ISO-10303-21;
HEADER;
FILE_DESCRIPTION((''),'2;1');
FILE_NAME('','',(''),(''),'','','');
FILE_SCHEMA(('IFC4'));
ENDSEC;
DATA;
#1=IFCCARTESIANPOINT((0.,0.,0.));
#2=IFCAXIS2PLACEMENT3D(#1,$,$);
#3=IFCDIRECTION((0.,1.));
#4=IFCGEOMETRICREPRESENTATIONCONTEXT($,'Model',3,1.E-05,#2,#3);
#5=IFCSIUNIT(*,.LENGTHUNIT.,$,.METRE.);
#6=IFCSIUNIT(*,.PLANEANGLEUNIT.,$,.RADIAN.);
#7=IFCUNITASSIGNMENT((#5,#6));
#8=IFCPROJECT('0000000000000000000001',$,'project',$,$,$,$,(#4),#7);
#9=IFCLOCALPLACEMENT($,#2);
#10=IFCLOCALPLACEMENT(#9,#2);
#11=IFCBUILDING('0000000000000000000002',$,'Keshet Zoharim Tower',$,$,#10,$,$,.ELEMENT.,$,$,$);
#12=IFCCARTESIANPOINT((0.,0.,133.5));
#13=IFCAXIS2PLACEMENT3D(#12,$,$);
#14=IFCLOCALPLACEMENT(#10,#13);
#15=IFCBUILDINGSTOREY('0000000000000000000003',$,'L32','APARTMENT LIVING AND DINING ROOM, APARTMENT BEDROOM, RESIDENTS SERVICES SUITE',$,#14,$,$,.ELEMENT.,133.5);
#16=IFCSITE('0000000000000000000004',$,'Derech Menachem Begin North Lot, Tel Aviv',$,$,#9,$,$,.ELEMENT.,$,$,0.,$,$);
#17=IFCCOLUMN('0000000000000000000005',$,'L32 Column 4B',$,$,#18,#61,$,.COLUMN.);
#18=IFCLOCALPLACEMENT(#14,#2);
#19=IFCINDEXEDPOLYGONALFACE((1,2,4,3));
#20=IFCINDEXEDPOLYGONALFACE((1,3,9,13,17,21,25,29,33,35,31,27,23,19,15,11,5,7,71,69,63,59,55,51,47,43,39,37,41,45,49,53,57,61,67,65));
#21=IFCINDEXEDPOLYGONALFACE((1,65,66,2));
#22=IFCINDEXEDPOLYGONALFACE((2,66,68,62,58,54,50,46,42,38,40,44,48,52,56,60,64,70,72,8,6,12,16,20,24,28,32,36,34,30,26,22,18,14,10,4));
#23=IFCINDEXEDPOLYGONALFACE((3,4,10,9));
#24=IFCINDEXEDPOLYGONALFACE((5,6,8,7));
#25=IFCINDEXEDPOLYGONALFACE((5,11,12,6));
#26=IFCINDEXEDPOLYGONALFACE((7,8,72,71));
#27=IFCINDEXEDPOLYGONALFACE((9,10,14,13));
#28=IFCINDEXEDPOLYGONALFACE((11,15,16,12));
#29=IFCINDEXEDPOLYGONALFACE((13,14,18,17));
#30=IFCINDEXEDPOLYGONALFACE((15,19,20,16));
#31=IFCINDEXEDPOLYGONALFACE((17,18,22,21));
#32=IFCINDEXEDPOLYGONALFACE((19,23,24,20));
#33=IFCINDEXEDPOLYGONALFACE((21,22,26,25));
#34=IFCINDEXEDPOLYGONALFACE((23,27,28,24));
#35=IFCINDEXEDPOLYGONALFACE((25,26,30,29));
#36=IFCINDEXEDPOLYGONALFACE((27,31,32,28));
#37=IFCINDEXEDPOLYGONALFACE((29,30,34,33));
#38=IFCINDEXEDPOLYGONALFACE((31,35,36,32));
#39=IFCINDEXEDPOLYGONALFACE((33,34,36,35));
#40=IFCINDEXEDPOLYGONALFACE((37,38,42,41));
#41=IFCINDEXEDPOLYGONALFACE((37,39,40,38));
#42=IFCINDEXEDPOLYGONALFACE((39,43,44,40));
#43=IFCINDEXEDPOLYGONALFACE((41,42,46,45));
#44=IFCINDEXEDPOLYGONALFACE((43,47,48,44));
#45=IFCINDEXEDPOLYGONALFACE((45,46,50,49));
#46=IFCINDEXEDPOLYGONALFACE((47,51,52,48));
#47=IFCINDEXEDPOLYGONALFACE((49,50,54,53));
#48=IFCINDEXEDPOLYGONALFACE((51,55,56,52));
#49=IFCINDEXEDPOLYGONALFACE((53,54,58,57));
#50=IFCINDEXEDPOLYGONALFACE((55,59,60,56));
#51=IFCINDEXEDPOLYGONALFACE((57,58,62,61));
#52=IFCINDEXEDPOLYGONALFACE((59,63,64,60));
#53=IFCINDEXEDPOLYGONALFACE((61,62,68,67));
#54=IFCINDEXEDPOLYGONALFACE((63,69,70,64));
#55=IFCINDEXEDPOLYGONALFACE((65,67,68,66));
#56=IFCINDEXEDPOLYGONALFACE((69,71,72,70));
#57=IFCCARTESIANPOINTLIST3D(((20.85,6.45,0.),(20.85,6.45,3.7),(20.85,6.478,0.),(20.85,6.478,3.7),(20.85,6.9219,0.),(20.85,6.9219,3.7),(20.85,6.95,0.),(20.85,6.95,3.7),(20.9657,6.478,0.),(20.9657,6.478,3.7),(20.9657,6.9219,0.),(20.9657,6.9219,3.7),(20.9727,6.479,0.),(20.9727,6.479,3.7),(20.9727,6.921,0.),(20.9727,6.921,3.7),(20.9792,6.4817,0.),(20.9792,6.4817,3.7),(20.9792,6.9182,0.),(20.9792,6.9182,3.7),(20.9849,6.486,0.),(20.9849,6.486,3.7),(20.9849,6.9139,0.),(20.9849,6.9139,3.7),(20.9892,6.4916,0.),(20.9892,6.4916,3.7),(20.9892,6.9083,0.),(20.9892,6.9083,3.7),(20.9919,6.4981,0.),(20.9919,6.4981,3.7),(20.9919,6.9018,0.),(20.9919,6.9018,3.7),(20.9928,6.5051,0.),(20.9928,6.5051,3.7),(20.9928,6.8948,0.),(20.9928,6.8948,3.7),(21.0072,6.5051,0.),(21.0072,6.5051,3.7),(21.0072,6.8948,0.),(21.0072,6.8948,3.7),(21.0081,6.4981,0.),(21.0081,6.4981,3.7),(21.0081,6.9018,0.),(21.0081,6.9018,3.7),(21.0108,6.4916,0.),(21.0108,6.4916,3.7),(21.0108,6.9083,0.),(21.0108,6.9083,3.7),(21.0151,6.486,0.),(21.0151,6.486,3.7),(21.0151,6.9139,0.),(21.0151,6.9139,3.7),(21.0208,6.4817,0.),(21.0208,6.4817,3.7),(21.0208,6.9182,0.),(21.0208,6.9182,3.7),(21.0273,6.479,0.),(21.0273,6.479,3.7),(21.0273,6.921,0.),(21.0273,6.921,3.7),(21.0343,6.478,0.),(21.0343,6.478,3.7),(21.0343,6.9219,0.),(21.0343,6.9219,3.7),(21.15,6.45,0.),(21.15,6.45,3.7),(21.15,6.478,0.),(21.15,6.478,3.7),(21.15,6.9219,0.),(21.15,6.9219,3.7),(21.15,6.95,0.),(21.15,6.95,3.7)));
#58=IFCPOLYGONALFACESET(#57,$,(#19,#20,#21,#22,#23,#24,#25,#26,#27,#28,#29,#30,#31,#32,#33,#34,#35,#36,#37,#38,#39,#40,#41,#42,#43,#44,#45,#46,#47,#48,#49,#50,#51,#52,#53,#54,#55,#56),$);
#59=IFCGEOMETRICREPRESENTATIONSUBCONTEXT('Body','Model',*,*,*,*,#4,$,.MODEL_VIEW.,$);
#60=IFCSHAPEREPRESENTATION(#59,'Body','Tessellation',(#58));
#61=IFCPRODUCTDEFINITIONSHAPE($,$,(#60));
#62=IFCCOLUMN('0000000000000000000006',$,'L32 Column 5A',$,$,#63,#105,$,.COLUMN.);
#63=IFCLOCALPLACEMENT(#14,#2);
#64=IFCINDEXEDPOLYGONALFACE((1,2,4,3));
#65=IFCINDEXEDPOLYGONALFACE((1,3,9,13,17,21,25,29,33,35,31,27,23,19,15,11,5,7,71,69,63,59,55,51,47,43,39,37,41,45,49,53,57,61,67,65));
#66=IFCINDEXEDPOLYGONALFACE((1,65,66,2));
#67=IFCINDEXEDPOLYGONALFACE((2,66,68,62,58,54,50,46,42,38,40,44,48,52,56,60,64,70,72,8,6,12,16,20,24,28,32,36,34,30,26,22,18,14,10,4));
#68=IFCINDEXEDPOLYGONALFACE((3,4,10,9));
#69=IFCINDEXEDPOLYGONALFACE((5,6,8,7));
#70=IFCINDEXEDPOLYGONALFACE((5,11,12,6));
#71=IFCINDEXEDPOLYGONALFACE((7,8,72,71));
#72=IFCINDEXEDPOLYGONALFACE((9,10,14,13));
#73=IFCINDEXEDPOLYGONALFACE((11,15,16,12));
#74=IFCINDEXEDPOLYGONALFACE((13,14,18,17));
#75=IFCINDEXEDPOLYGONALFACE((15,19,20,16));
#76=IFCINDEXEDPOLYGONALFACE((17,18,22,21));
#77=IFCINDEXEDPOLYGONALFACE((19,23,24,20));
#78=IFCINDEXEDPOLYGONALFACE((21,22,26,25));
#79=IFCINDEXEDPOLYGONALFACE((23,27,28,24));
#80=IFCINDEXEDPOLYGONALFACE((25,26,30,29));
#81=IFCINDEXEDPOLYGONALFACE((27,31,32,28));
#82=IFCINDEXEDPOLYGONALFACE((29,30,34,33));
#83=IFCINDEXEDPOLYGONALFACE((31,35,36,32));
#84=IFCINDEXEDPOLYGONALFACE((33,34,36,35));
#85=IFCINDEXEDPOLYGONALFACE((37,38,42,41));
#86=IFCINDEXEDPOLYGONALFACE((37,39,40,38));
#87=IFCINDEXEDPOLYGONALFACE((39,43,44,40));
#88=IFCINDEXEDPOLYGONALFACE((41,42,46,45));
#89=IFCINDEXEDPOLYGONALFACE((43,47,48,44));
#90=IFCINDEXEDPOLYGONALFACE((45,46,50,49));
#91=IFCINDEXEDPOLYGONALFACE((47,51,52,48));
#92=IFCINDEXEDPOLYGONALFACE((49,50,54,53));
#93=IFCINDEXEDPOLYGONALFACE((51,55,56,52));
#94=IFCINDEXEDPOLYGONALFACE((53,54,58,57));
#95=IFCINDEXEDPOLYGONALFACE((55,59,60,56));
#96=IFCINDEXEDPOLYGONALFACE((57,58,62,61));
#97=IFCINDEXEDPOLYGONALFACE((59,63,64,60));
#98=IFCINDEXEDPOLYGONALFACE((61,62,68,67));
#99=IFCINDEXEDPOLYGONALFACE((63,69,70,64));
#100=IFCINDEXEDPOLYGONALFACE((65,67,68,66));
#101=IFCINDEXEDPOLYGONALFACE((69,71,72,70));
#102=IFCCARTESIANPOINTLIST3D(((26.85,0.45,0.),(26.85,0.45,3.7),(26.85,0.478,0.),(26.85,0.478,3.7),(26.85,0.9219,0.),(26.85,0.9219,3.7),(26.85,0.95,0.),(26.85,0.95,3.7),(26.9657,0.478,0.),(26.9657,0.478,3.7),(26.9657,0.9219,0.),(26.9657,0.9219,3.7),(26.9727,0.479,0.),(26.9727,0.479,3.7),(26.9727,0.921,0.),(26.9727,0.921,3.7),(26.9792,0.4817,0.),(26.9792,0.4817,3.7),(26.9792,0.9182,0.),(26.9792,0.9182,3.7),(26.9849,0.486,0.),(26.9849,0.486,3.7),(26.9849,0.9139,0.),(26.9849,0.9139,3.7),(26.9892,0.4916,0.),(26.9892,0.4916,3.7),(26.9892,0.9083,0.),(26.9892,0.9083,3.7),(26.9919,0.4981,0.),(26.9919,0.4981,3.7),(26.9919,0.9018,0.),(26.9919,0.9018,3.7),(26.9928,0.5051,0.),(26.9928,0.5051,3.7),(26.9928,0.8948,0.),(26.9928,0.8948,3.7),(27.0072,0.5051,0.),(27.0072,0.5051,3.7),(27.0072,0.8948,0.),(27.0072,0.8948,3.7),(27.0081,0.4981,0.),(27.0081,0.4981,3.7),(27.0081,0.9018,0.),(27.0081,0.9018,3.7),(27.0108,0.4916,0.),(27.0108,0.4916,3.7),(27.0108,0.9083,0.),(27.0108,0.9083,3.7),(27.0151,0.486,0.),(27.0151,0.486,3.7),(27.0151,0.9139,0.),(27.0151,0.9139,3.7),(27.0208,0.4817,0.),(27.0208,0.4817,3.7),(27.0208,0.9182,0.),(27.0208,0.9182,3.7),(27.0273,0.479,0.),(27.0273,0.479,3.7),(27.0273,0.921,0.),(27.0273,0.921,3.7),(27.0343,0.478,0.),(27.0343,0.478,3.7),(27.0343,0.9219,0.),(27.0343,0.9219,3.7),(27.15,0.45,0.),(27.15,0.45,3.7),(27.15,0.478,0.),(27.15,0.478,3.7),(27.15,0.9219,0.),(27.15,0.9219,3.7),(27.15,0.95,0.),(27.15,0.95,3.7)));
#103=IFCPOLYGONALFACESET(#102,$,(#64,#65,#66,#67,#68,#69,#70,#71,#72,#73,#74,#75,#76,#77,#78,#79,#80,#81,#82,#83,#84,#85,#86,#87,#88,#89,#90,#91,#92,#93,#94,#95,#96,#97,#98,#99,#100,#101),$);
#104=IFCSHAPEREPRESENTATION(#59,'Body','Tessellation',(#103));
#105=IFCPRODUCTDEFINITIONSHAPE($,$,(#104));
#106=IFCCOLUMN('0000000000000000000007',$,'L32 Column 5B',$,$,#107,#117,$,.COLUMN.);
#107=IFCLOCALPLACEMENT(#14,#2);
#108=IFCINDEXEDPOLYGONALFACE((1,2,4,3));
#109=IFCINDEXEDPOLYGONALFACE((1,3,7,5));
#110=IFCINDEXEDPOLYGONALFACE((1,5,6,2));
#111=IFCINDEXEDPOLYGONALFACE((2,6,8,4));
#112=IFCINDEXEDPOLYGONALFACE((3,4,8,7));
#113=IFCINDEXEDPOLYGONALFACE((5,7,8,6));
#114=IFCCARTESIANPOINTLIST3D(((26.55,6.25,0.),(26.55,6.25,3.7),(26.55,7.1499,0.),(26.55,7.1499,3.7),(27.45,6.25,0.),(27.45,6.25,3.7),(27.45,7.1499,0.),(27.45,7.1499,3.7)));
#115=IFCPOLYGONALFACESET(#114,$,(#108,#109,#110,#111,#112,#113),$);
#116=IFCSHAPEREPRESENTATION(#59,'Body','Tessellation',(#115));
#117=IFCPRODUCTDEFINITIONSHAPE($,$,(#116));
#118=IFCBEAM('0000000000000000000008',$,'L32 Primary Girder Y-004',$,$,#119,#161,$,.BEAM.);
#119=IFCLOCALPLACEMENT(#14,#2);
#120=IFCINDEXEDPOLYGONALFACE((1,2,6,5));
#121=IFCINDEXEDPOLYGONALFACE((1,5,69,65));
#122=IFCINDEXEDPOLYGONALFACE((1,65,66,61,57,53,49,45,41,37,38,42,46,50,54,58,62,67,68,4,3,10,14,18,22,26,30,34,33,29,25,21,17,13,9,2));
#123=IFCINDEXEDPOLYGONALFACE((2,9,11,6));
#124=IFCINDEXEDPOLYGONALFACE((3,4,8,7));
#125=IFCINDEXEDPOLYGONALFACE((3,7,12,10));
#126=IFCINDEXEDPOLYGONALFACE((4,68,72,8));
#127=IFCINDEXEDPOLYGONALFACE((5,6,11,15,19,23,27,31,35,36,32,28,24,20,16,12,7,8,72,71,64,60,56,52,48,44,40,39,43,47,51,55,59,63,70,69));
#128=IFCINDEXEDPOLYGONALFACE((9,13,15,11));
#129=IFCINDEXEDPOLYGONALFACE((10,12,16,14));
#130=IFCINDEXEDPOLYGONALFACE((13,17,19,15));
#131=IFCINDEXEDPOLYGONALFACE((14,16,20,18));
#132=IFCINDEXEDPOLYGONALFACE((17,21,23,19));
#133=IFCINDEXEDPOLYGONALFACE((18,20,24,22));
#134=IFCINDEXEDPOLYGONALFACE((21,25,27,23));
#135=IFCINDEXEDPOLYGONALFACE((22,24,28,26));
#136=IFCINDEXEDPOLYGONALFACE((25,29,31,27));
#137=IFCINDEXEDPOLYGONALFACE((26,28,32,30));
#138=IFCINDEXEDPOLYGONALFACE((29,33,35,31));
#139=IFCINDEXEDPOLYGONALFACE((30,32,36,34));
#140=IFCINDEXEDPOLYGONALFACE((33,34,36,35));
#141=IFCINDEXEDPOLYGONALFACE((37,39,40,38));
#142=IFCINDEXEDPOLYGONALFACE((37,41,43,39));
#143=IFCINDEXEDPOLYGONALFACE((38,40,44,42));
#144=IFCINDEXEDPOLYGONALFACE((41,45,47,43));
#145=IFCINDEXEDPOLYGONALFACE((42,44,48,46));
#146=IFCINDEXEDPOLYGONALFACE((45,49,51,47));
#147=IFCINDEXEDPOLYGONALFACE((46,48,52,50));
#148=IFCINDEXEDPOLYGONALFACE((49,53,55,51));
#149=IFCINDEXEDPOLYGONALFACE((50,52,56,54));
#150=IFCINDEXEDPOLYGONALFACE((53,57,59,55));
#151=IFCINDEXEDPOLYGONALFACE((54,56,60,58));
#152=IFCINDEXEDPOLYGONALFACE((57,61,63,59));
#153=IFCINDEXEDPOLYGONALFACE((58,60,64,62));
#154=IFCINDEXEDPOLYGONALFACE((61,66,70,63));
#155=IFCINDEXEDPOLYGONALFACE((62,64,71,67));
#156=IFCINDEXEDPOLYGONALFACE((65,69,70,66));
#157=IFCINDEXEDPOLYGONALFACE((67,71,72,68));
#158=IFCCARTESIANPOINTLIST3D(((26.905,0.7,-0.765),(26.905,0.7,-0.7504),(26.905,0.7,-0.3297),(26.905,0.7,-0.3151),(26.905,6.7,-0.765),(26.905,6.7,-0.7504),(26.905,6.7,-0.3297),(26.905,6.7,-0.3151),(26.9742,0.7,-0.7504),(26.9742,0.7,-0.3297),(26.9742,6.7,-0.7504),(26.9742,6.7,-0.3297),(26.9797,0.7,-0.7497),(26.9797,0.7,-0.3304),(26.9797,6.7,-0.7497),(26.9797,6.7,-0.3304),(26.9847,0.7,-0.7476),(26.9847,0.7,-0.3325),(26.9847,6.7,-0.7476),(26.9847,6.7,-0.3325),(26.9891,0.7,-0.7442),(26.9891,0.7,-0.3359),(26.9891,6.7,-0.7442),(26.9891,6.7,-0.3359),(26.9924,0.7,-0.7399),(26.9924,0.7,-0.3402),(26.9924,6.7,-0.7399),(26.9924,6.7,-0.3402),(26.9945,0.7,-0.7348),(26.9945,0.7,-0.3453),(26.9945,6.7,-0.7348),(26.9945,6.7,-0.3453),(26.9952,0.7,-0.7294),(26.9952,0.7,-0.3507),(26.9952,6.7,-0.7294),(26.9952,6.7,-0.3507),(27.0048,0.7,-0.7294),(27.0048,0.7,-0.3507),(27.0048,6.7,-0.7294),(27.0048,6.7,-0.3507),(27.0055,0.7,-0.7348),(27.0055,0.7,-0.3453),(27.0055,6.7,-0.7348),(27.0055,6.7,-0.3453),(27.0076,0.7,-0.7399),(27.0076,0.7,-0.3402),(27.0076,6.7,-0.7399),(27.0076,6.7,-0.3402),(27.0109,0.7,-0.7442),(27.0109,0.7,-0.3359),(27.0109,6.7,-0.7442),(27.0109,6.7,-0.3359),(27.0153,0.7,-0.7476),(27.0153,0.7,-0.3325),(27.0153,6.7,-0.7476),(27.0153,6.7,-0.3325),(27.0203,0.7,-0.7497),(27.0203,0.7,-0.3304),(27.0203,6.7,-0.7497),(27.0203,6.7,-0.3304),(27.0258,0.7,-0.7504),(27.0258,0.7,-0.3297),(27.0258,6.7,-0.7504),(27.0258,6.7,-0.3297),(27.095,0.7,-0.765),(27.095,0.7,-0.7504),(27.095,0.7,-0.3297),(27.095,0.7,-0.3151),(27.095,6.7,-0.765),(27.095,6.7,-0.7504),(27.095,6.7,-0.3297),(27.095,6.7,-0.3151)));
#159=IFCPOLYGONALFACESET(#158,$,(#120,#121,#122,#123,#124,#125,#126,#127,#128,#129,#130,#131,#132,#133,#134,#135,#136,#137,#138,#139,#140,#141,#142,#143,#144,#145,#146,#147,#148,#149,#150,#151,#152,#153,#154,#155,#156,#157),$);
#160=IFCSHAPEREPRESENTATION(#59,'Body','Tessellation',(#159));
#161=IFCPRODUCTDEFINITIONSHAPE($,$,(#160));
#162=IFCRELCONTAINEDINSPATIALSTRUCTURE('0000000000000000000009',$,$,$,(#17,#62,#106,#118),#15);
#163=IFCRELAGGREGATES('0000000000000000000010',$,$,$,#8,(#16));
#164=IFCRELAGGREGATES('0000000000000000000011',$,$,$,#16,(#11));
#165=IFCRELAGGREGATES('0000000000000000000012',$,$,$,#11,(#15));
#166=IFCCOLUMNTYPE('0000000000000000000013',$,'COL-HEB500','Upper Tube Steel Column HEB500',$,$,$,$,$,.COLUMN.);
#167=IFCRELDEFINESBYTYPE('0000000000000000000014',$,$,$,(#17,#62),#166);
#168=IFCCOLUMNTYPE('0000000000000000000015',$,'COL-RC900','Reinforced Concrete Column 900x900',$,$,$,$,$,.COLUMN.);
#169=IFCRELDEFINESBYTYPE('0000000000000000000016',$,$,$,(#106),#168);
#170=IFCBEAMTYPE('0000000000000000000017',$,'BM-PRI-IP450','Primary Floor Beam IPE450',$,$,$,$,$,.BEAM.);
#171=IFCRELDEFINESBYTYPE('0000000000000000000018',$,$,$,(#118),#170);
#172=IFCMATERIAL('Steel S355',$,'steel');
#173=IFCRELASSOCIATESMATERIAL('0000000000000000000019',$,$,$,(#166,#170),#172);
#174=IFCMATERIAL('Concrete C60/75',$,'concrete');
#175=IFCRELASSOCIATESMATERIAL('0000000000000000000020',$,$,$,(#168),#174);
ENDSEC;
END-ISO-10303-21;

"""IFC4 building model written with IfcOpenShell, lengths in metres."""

from ifc_helpers import new_model, si_unit, direction, frame, origin, origin_2d, place, context, subcontext, project, spatial, rectangle, i_section, extrude, material, material_profile, profile_set, type_object, element, save


model = new_model("IFC4")

# Units and contexts
model_context = context("Model", 3, precision=1e-05, world=origin(), true_north=direction((0.0, 1.0)))
body_context = subcontext(model_context, "Body", "Model", "MODEL_VIEW")
ifc_project = project(units=[si_unit("LENGTHUNIT", "METRE"), si_unit("PLANEANGLEUNIT", "RADIAN")], contexts=[model_context])

# Site, building, storey
site_placement = place(None, origin())
site = spatial("IfcSite", under=ifc_project, at=site_placement, Name="Derech Menachem Begin North Lot, Tel Aviv", CompositionType="ELEMENT", RefElevation=0.0)
building_placement = place(site_placement, origin())
building = spatial("IfcBuilding", under=site, at=building_placement, Name="Keshet Zoharim Tower", CompositionType="ELEMENT")
storey_placement = place(building_placement, frame((0.0, 0.0, 133.5)))
storey = spatial("IfcBuildingStorey", under=building, at=storey_placement, Name="L32", Description="APARTMENT LIVING AND DINING ROOM, APARTMENT BEDROOM, RESIDENTS SERVICES SUITE", CompositionType="ELEMENT", Elevation=133.5)

# Columns
ifc_material_1 = material(Name="Steel S355", Category="steel")
ifc_material_profile_1 = material_profile(ifc_material_1, i_section(OverallWidth=0.3, OverallDepth=0.5, WebThickness=0.0144, FlangeThickness=0.0281, FilletRadius=0.0271, at=origin_2d()), Name="HEB500")
ifc_profile_set_1 = profile_set([ifc_material_profile_1], Name="Steel S355")
column_type_1 = type_object("IfcColumnType", Name="COL-HEB500", Description="Upper Tube Steel Column HEB500", PredefinedType="COLUMN", material=ifc_profile_set_1)
for number, where, z_axis, x_axis, name in (
    (1, (21.0, 6.7, 0.0), (0.0, 0.0, 1.0), (1.0, 0.0, 0.0), "L32 Column 4B"),
    (2, (27.0, 0.7, 0.0), (0.0, 0.0, 1.0), (1.0, 0.0, 0.0), "L32 Column 5A"),
):
    element("IfcColumn", number, at=place(storey_placement, frame(where, z_axis=z_axis, x_axis=x_axis)), inside=storey, type_object=column_type_1, Name=name, PredefinedType="COLUMN", context=body_context, shape_type="SweptSolid", body=[
        extrude(i_section(OverallWidth=0.3, OverallDepth=0.5, WebThickness=0.0144, FlangeThickness=0.0281, FilletRadius=0.0271, at=origin_2d()), origin(), (0.0, 0.0, 1.0), 3.7),
    ])
ifc_material_2 = material(Name="Concrete C60/75", Category="concrete")
ifc_material_profile_2 = material_profile(ifc_material_2, rectangle(XDim=0.8999, YDim=0.8999, at=origin_2d()), Name="RC900x900")
ifc_profile_set_2 = profile_set([ifc_material_profile_2], Name="Concrete C60/75")
column_type_2 = type_object("IfcColumnType", Name="COL-RC900", Description="Reinforced Concrete Column 900x900", PredefinedType="COLUMN", material=ifc_profile_set_2)
column_placement = place(storey_placement, frame((27.0, 6.7, 0.0), z_axis=(0.0, 0.0, 1.0), x_axis=(1.0, 0.0, 0.0)))
element("IfcColumn", 3, at=column_placement, inside=storey, type_object=column_type_2, Name="L32 Column 5B", PredefinedType="COLUMN", context=body_context, shape_type="SweptSolid", body=[
    extrude(rectangle(XDim=0.8999, YDim=0.8999, at=origin_2d()), origin(), (0.0, 0.0, 1.0), 3.7),
])

# Beam
ifc_material_profile_3 = material_profile(ifc_material_1, i_section(OverallWidth=0.1899, OverallDepth=0.45, WebThickness=0.0095, FlangeThickness=0.0146, FilletRadius=0.021, at=origin_2d()), Name="IPE450")
ifc_profile_set_3 = profile_set([ifc_material_profile_3], Name="Steel S355")
beam_type_1 = type_object("IfcBeamType", Name="BM-PRI-IP450", Description="Primary Floor Beam IPE450", PredefinedType="BEAM", material=ifc_profile_set_3)
beam_1_placement = place(storey_placement, frame((27.0, 0.7, -0.54), z_axis=(0.0, 1.0, 0.0), x_axis=(-1.0, 0.0, 0.0)))
element("IfcBeam", 4, at=beam_1_placement, inside=storey, type_object=beam_type_1, Name="L32 Primary Girder Y-004", PredefinedType="BEAM", context=body_context, shape_type="SweptSolid", body=[
    extrude(i_section(OverallWidth=0.1899, OverallDepth=0.45, WebThickness=0.0095, FlangeThickness=0.0146, FilletRadius=0.021, at=origin_2d()), origin(), (0.0, 0.0, 1.0), 6.0),
])

save(model, "model.ifc")
